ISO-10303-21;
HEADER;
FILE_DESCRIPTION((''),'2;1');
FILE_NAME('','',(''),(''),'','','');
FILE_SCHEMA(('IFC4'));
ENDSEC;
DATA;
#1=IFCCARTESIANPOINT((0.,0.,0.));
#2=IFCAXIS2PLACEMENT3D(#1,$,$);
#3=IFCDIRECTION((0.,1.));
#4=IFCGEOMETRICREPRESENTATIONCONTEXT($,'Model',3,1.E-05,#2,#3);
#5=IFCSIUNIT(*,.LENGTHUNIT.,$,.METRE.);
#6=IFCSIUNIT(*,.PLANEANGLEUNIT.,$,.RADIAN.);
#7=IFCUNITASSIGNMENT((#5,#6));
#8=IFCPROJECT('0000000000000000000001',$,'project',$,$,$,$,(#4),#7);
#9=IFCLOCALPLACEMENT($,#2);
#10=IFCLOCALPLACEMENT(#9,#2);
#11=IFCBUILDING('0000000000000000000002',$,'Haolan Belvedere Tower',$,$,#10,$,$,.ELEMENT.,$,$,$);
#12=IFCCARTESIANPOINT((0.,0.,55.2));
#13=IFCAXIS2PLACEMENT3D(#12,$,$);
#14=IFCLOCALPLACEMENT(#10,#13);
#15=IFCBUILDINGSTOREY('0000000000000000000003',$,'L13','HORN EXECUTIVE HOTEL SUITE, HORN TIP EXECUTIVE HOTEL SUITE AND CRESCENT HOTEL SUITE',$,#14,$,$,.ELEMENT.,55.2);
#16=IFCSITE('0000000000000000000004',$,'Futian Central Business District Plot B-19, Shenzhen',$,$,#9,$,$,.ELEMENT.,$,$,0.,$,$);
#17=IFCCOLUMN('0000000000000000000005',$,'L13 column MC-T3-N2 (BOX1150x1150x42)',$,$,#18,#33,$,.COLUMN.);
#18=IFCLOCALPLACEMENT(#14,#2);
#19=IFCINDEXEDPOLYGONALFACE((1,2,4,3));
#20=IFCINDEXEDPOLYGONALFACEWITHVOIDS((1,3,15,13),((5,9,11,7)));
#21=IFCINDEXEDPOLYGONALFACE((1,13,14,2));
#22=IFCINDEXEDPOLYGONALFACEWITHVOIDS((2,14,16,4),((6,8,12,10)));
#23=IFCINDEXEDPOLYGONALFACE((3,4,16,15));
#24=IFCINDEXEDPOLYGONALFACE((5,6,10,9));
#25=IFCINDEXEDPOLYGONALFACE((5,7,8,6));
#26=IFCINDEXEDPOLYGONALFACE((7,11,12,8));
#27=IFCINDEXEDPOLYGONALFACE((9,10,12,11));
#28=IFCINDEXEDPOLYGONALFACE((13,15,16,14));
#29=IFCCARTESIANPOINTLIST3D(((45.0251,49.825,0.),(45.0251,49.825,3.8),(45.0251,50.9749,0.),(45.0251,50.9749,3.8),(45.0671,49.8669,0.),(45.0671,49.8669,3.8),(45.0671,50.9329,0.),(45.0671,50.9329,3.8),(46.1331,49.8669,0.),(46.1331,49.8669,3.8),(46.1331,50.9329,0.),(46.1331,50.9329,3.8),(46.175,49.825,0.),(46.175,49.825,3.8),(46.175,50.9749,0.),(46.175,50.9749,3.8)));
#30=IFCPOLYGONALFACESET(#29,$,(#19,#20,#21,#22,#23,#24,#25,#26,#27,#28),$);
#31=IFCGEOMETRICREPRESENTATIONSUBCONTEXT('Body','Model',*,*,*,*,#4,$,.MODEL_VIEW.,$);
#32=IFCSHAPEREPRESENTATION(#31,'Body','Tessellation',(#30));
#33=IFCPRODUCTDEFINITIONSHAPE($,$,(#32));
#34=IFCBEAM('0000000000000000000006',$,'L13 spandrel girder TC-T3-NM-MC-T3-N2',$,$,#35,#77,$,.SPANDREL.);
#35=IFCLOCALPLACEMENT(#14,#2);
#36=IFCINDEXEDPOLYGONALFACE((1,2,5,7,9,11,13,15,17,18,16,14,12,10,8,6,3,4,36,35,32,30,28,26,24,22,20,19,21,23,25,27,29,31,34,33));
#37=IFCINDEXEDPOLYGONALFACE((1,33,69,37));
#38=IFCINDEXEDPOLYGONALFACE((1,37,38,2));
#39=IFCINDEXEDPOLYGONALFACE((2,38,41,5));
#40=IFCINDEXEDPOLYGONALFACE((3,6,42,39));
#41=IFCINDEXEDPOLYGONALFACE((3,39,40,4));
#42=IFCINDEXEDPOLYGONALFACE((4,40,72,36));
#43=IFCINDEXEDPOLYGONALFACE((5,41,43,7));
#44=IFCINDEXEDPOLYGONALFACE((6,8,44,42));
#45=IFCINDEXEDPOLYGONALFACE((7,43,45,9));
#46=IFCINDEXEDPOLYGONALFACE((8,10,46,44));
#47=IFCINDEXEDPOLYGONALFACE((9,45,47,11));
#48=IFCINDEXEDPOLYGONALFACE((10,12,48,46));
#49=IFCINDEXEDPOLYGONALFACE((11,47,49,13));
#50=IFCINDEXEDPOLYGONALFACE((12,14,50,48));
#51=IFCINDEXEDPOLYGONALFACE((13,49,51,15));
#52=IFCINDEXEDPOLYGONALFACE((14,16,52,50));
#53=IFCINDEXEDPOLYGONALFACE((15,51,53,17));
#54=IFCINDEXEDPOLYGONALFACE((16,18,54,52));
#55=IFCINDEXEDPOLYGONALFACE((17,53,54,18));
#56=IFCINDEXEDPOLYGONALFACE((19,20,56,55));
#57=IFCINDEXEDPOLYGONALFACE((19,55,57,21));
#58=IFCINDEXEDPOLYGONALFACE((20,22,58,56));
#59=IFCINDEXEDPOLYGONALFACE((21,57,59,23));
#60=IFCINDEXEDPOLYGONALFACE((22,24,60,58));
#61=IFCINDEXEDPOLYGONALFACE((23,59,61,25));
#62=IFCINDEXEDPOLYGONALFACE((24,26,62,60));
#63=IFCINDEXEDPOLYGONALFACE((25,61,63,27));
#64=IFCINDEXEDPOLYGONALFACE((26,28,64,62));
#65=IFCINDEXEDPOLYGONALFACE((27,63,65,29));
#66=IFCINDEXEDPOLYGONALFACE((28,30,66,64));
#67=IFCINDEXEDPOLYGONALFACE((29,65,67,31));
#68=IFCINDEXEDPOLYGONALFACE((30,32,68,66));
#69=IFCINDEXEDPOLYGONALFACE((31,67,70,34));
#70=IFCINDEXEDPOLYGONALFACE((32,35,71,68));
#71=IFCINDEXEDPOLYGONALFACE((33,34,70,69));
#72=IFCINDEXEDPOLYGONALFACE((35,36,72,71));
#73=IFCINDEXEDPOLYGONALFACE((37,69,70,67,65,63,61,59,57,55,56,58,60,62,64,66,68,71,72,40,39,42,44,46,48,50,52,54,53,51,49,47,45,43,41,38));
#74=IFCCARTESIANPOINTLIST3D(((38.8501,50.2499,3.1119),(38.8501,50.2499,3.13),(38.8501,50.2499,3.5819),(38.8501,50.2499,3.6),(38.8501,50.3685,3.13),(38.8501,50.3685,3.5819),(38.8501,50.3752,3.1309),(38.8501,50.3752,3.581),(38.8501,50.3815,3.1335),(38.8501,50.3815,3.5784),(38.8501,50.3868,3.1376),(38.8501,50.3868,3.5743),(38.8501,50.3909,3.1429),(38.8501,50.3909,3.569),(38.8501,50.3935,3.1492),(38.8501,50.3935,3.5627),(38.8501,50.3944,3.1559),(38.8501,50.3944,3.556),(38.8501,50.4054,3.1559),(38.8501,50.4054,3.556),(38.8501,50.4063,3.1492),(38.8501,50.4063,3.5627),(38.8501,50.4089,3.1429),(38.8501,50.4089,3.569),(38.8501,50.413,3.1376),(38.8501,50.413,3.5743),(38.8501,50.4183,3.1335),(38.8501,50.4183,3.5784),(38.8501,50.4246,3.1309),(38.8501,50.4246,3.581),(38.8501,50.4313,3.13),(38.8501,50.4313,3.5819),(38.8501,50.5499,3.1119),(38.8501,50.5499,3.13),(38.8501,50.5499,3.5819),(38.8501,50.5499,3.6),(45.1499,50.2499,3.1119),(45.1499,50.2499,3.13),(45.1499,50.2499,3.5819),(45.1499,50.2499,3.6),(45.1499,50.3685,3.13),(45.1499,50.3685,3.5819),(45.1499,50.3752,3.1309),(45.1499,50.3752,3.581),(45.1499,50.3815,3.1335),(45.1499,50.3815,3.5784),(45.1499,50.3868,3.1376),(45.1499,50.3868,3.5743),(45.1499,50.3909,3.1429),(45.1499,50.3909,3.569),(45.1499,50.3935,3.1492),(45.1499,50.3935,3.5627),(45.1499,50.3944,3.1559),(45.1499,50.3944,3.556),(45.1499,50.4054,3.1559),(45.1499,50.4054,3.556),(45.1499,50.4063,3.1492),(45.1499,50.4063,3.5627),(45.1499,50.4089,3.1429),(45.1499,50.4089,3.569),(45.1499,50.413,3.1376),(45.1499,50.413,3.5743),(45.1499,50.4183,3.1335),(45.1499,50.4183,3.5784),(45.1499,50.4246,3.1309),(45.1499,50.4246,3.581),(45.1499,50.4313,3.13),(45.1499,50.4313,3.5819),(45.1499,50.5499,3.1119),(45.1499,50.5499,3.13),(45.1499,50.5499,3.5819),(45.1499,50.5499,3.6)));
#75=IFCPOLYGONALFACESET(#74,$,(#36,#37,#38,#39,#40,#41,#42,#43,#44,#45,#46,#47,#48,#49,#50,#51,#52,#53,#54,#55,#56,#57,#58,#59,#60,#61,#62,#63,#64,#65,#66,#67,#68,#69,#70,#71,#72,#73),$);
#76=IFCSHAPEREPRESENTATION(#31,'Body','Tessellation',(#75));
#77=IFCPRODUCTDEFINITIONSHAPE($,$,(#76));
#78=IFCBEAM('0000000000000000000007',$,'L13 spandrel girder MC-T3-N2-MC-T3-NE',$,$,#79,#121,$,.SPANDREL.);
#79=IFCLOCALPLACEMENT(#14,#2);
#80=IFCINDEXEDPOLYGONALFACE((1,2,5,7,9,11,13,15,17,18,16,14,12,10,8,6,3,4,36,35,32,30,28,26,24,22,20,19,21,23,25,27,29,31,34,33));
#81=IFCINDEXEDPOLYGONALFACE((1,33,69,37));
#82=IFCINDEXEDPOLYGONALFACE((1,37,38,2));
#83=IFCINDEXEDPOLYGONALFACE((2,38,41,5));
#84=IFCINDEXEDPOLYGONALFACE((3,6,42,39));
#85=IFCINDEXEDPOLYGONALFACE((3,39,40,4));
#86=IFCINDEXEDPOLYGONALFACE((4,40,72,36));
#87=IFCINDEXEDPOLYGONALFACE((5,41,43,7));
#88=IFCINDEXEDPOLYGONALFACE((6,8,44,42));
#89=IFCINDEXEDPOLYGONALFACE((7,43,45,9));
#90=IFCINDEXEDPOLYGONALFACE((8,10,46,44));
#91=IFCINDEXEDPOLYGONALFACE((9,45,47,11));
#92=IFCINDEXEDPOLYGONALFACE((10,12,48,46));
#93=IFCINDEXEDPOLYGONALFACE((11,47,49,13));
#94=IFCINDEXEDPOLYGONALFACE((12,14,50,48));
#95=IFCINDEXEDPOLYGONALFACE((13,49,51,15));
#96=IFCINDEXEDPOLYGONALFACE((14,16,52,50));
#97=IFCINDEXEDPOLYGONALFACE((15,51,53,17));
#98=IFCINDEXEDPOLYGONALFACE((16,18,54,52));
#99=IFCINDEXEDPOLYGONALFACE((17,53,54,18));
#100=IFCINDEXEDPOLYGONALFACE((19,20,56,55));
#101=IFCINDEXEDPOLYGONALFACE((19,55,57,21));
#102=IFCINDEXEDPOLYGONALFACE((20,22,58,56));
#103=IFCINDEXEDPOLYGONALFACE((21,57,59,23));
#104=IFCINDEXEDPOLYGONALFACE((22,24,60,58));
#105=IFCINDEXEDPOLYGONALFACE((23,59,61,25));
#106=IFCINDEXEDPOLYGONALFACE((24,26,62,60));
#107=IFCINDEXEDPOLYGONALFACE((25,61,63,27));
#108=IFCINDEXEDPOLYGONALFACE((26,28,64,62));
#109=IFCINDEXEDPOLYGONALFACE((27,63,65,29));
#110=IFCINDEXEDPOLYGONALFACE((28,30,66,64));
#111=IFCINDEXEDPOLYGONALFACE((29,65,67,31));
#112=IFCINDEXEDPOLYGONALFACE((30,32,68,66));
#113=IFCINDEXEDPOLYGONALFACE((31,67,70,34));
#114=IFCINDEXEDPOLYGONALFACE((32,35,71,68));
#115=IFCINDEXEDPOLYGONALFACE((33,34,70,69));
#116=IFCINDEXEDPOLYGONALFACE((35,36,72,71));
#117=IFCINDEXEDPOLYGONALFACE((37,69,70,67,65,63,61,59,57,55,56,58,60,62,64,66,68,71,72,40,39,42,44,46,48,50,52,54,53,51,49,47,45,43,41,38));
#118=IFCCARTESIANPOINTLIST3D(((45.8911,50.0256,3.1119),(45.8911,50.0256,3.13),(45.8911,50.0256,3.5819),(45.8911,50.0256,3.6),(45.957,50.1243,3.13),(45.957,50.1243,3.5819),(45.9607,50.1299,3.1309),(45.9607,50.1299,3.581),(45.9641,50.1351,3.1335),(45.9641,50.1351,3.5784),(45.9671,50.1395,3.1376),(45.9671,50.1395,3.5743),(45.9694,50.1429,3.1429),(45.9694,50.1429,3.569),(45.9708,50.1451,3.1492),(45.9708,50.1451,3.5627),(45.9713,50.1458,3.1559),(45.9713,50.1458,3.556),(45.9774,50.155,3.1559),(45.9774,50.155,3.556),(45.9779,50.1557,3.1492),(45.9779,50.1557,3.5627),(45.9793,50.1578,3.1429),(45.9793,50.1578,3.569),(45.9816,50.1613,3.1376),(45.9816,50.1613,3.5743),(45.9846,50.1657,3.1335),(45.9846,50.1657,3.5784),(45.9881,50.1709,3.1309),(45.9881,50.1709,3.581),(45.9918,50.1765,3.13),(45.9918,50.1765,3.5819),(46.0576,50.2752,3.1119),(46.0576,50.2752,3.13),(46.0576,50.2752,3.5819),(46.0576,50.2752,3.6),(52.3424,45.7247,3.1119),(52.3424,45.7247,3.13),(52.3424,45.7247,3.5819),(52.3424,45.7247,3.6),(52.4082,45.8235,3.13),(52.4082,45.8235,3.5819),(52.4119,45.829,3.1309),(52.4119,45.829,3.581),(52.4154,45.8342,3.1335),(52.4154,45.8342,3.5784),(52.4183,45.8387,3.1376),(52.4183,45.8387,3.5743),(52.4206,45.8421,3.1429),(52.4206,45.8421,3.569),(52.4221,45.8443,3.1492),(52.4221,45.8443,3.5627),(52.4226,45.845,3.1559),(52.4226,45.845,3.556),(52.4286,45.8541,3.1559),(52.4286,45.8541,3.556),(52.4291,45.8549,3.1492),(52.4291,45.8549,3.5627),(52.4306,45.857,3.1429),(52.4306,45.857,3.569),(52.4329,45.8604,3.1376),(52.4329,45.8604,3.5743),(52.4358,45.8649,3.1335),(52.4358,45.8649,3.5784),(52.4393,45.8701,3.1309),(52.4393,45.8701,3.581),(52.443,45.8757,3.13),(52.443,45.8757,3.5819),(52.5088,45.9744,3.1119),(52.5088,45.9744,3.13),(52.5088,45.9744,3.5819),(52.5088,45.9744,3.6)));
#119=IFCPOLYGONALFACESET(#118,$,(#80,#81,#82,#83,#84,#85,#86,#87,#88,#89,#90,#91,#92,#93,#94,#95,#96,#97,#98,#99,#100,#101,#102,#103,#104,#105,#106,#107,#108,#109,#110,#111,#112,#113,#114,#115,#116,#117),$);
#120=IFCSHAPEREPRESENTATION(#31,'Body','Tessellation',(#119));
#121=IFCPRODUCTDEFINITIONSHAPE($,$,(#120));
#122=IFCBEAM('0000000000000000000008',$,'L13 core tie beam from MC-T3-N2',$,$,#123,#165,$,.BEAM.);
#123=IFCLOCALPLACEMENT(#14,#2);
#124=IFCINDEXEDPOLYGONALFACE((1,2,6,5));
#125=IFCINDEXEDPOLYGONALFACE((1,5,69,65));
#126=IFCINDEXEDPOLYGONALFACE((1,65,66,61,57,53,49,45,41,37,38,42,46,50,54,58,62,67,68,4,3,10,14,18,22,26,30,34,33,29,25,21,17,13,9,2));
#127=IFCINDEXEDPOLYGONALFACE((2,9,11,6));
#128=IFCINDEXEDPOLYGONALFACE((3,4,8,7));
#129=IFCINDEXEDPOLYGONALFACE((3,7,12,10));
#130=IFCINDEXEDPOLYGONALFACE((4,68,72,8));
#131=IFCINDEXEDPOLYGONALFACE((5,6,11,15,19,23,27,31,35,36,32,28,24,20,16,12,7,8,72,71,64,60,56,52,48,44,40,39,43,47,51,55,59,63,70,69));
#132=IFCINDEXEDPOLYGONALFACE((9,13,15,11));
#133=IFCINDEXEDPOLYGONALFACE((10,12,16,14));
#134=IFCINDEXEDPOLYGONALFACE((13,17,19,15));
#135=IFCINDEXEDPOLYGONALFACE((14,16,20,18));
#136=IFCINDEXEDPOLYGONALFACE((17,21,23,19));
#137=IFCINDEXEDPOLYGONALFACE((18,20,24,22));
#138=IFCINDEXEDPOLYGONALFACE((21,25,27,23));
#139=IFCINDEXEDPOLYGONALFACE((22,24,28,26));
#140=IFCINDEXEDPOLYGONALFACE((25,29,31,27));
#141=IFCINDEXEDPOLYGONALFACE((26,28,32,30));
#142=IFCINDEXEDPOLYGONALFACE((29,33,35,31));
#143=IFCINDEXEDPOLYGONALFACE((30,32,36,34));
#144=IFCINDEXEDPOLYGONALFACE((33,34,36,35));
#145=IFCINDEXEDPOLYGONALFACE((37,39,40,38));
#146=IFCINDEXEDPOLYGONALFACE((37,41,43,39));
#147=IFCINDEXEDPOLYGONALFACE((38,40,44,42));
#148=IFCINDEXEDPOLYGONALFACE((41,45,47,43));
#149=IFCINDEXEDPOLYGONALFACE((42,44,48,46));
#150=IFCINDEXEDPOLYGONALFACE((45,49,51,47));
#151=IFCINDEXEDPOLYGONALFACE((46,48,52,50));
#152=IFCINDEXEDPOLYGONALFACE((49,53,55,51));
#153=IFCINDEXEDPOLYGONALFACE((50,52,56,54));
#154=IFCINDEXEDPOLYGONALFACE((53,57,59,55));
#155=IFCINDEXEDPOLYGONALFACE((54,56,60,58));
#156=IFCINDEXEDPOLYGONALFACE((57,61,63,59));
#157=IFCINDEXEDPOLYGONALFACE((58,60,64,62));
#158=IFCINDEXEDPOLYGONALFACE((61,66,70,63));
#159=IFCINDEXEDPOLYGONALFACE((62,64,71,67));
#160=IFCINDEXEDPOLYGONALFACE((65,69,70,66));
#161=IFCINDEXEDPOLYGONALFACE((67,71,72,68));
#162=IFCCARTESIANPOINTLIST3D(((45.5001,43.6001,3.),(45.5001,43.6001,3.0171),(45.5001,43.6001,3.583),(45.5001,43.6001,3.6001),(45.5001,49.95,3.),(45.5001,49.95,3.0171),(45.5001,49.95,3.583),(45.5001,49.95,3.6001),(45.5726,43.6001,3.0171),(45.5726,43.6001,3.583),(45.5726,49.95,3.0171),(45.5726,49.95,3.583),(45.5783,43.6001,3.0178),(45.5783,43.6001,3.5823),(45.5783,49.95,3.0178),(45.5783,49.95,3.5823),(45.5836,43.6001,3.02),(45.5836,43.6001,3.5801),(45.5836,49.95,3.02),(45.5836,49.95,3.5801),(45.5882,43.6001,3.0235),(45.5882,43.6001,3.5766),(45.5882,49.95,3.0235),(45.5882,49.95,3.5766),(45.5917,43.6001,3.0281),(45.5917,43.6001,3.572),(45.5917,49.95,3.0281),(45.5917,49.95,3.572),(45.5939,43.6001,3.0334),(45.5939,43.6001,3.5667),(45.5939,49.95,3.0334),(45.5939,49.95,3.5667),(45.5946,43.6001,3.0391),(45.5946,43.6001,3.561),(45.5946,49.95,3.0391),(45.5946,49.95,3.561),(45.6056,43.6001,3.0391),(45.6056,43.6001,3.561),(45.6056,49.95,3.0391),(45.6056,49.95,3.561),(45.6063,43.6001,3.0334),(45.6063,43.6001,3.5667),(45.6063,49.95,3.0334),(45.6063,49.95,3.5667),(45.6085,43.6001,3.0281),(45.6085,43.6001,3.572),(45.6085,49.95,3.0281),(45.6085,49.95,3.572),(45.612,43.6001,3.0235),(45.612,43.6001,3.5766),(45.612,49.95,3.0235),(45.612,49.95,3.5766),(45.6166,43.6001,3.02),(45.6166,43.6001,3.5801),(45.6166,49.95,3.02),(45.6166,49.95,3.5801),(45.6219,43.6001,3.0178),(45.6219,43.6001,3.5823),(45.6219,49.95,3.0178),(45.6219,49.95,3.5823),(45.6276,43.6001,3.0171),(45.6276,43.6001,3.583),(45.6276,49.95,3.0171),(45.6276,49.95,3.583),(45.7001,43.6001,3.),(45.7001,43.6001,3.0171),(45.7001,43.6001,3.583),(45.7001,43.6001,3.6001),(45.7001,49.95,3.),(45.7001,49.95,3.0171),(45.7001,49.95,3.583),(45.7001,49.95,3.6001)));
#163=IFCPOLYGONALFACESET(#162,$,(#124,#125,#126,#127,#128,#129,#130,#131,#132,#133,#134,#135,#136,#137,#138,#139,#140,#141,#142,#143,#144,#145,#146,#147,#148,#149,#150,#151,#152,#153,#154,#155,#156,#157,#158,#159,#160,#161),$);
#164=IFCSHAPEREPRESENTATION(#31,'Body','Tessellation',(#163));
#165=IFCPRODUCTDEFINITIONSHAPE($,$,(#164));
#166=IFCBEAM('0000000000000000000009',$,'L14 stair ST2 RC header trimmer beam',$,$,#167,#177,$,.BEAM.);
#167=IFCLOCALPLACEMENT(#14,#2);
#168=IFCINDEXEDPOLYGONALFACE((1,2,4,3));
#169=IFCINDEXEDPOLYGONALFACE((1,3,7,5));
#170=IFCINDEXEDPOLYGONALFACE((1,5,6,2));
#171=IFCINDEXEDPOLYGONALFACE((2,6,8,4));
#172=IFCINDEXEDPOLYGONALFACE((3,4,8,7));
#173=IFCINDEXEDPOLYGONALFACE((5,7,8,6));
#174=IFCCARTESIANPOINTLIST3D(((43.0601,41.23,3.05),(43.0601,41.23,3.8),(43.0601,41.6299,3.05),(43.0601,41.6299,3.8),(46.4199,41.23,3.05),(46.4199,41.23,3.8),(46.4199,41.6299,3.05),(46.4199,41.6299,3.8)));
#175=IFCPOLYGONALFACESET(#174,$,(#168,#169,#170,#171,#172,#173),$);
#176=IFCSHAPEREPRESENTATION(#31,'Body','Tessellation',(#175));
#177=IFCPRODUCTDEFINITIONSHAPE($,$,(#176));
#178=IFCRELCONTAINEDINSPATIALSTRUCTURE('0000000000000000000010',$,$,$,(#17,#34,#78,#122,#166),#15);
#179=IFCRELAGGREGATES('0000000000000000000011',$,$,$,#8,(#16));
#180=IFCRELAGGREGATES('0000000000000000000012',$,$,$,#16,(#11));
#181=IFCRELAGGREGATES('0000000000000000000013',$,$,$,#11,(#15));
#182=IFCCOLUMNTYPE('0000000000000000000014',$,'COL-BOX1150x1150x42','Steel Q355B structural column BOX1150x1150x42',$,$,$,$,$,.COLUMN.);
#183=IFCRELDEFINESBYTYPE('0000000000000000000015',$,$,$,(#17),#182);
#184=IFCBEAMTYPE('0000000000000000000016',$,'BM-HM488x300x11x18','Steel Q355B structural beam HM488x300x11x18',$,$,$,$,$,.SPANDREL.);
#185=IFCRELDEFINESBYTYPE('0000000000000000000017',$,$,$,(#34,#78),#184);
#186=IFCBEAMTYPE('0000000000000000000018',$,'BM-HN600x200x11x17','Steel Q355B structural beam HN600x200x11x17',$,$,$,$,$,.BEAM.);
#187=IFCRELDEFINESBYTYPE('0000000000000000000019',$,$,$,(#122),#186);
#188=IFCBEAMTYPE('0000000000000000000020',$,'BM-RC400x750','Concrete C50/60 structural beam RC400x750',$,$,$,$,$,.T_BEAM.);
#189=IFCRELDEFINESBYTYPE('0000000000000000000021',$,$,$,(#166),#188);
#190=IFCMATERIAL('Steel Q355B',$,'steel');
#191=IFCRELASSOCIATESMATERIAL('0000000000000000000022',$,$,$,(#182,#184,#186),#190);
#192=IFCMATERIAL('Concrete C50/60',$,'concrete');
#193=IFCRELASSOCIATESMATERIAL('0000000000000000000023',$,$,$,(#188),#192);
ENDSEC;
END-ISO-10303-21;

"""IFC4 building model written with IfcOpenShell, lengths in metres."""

from ifc_helpers import new_model, si_unit, direction, frame, origin, origin_2d, place, context, subcontext, project, spatial, rectangle, hollow_rectangle, i_section, extrude, material, material_profile, profile_set, type_object, element, save


model = new_model("IFC4")

# Units and contexts
model_context = context("Model", 3, precision=1e-05, world=origin(), true_north=direction((0.0, 1.0)))
body_context = subcontext(model_context, "Body", "Model", "MODEL_VIEW")
ifc_project = project(units=[si_unit("LENGTHUNIT", "METRE"), si_unit("PLANEANGLEUNIT", "RADIAN")], contexts=[model_context])

# Site, building, storey
site_placement = place(None, origin())
site = spatial("IfcSite", under=ifc_project, at=site_placement, Name="Futian Central Business District Plot B-19, Shenzhen", CompositionType="ELEMENT", RefElevation=0.0)
building_placement = place(site_placement, origin())
building = spatial("IfcBuilding", under=site, at=building_placement, Name="Haolan Belvedere Tower", CompositionType="ELEMENT")
storey_placement = place(building_placement, frame((0.0, 0.0, 55.2)))
storey = spatial("IfcBuildingStorey", under=building, at=storey_placement, Name="L13", Description="HORN EXECUTIVE HOTEL SUITE, HORN TIP EXECUTIVE HOTEL SUITE AND CRESCENT HOTEL SUITE", CompositionType="ELEMENT", Elevation=55.2)

# Column
ifc_material_1 = material(Name="Steel Q355B", Category="steel")
ifc_material_profile_1 = material_profile(ifc_material_1, hollow_rectangle(XDim=1.1499, YDim=1.1499, WallThickness=0.042, at=origin_2d()), Name="Steel Q355B")
ifc_profile_set_1 = profile_set([ifc_material_profile_1], Name="Steel Q355B")
column_type = type_object("IfcColumnType", Name="COL-BOX1150x1150x42", Description="Steel Q355B structural column BOX1150x1150x42", PredefinedType="COLUMN", material=ifc_profile_set_1)
column_placement = place(storey_placement, frame((45.6001, 50.3999, 0.0), z_axis=(0.0, 0.0, 1.0), x_axis=(1.0, 0.0, 0.0)))
element("IfcColumn", 1, at=column_placement, inside=storey, type_object=column_type, Name="L13 column MC-T3-N2 (BOX1150x1150x42)", PredefinedType="COLUMN", context=body_context, shape_type="SweptSolid", body=[
    extrude(hollow_rectangle(XDim=1.1499, YDim=1.1499, WallThickness=0.042, at=origin_2d()), origin(), (0.0, 0.0, 1.0), 3.8),
])

# Beams
ifc_material_profile_2 = material_profile(ifc_material_1, i_section(OverallWidth=0.3, OverallDepth=0.488, WebThickness=0.011, FlangeThickness=0.0181, FilletRadius=0.0259, at=origin_2d()), Name="Steel Q355B")
ifc_profile_set_2 = profile_set([ifc_material_profile_2], Name="Steel Q355B")
beam_type_1 = type_object("IfcBeamType", Name="BM-HM488x300x11x18", Description="Steel Q355B structural beam HM488x300x11x18", PredefinedType="SPANDREL", material=ifc_profile_set_2)
beam_1_placement = place(storey_placement, frame((38.8501, 50.3999, 3.356), z_axis=(1.0, 0.0, 0.0), x_axis=(0.0, 1.0, 0.0)))
element("IfcBeam", 2, at=beam_1_placement, inside=storey, type_object=beam_type_1, Name="L13 spandrel girder TC-T3-NM-MC-T3-N2", PredefinedType="SPANDREL", context=body_context, shape_type="SweptSolid", body=[
    extrude(i_section(OverallWidth=0.3, OverallDepth=0.488, WebThickness=0.011, FlangeThickness=0.0181, FilletRadius=0.0259, at=origin_2d()), origin(), (0.0, 0.0, 1.0), 6.2998),
])
beam_2_placement = place(storey_placement, frame((45.9744, 50.1504, 3.356), z_axis=(0.83205, -0.5547, 0.0), x_axis=(0.5547, 0.83205, 0.0)))
element("IfcBeam", 3, at=beam_2_placement, inside=storey, type_object=beam_type_1, Name="L13 spandrel girder MC-T3-N2-MC-T3-NE", PredefinedType="SPANDREL", context=body_context, shape_type="SweptSolid", body=[
    extrude(i_section(OverallWidth=0.3, OverallDepth=0.488, WebThickness=0.011, FlangeThickness=0.0181, FilletRadius=0.0259, at=origin_2d()), origin(), (0.0, 0.0, 1.0), 7.7534),
])
ifc_material_profile_3 = material_profile(ifc_material_1, i_section(OverallWidth=0.2, OverallDepth=0.6001, WebThickness=0.011, FlangeThickness=0.0171, FilletRadius=0.022, at=origin_2d()), Name="Steel Q355B")
ifc_profile_set_3 = profile_set([ifc_material_profile_3], Name="Steel Q355B")
beam_type_2 = type_object("IfcBeamType", Name="BM-HN600x200x11x17", Description="Steel Q355B structural beam HN600x200x11x17", PredefinedType="BEAM", material=ifc_profile_set_3)
beam_3_placement = place(storey_placement, frame((45.6001, 49.95, 3.3), z_axis=(0.0, -1.0, 0.0), x_axis=(1.0, 0.0, 0.0)))
element("IfcBeam", 4, at=beam_3_placement, inside=storey, type_object=beam_type_2, Name="L13 core tie beam from MC-T3-N2", PredefinedType="BEAM", context=body_context, shape_type="SweptSolid", body=[
    extrude(i_section(OverallWidth=0.2, OverallDepth=0.6001, WebThickness=0.011, FlangeThickness=0.0171, FilletRadius=0.022, at=origin_2d()), origin(), (0.0, 0.0, 1.0), 6.3499),
])
ifc_material_2 = material(Name="Concrete C50/60", Category="concrete")
ifc_material_profile_4 = material_profile(ifc_material_2, rectangle(XDim=0.3999, YDim=0.75, at=origin_2d()), Name="Concrete C50/60")
ifc_profile_set_4 = profile_set([ifc_material_profile_4], Name="Concrete C50/60")
beam_type_3 = type_object("IfcBeamType", Name="BM-RC400x750", Description="Concrete C50/60 structural beam RC400x750", PredefinedType="T_BEAM", material=ifc_profile_set_4)
beam_4_placement = place(storey_placement, frame((43.0601, 41.4299, 3.425), z_axis=(1.0, 0.0, 0.0), x_axis=(0.0, 1.0, 0.0)))
element("IfcBeam", 5, at=beam_4_placement, inside=storey, type_object=beam_type_3, Name="L14 stair ST2 RC header trimmer beam", PredefinedType="BEAM", context=body_context, shape_type="SweptSolid", body=[
    extrude(rectangle(XDim=0.3999, YDim=0.75, at=origin_2d()), origin(), (0.0, 0.0, 1.0), 3.3599),
])

save(model, "model.ifc")
